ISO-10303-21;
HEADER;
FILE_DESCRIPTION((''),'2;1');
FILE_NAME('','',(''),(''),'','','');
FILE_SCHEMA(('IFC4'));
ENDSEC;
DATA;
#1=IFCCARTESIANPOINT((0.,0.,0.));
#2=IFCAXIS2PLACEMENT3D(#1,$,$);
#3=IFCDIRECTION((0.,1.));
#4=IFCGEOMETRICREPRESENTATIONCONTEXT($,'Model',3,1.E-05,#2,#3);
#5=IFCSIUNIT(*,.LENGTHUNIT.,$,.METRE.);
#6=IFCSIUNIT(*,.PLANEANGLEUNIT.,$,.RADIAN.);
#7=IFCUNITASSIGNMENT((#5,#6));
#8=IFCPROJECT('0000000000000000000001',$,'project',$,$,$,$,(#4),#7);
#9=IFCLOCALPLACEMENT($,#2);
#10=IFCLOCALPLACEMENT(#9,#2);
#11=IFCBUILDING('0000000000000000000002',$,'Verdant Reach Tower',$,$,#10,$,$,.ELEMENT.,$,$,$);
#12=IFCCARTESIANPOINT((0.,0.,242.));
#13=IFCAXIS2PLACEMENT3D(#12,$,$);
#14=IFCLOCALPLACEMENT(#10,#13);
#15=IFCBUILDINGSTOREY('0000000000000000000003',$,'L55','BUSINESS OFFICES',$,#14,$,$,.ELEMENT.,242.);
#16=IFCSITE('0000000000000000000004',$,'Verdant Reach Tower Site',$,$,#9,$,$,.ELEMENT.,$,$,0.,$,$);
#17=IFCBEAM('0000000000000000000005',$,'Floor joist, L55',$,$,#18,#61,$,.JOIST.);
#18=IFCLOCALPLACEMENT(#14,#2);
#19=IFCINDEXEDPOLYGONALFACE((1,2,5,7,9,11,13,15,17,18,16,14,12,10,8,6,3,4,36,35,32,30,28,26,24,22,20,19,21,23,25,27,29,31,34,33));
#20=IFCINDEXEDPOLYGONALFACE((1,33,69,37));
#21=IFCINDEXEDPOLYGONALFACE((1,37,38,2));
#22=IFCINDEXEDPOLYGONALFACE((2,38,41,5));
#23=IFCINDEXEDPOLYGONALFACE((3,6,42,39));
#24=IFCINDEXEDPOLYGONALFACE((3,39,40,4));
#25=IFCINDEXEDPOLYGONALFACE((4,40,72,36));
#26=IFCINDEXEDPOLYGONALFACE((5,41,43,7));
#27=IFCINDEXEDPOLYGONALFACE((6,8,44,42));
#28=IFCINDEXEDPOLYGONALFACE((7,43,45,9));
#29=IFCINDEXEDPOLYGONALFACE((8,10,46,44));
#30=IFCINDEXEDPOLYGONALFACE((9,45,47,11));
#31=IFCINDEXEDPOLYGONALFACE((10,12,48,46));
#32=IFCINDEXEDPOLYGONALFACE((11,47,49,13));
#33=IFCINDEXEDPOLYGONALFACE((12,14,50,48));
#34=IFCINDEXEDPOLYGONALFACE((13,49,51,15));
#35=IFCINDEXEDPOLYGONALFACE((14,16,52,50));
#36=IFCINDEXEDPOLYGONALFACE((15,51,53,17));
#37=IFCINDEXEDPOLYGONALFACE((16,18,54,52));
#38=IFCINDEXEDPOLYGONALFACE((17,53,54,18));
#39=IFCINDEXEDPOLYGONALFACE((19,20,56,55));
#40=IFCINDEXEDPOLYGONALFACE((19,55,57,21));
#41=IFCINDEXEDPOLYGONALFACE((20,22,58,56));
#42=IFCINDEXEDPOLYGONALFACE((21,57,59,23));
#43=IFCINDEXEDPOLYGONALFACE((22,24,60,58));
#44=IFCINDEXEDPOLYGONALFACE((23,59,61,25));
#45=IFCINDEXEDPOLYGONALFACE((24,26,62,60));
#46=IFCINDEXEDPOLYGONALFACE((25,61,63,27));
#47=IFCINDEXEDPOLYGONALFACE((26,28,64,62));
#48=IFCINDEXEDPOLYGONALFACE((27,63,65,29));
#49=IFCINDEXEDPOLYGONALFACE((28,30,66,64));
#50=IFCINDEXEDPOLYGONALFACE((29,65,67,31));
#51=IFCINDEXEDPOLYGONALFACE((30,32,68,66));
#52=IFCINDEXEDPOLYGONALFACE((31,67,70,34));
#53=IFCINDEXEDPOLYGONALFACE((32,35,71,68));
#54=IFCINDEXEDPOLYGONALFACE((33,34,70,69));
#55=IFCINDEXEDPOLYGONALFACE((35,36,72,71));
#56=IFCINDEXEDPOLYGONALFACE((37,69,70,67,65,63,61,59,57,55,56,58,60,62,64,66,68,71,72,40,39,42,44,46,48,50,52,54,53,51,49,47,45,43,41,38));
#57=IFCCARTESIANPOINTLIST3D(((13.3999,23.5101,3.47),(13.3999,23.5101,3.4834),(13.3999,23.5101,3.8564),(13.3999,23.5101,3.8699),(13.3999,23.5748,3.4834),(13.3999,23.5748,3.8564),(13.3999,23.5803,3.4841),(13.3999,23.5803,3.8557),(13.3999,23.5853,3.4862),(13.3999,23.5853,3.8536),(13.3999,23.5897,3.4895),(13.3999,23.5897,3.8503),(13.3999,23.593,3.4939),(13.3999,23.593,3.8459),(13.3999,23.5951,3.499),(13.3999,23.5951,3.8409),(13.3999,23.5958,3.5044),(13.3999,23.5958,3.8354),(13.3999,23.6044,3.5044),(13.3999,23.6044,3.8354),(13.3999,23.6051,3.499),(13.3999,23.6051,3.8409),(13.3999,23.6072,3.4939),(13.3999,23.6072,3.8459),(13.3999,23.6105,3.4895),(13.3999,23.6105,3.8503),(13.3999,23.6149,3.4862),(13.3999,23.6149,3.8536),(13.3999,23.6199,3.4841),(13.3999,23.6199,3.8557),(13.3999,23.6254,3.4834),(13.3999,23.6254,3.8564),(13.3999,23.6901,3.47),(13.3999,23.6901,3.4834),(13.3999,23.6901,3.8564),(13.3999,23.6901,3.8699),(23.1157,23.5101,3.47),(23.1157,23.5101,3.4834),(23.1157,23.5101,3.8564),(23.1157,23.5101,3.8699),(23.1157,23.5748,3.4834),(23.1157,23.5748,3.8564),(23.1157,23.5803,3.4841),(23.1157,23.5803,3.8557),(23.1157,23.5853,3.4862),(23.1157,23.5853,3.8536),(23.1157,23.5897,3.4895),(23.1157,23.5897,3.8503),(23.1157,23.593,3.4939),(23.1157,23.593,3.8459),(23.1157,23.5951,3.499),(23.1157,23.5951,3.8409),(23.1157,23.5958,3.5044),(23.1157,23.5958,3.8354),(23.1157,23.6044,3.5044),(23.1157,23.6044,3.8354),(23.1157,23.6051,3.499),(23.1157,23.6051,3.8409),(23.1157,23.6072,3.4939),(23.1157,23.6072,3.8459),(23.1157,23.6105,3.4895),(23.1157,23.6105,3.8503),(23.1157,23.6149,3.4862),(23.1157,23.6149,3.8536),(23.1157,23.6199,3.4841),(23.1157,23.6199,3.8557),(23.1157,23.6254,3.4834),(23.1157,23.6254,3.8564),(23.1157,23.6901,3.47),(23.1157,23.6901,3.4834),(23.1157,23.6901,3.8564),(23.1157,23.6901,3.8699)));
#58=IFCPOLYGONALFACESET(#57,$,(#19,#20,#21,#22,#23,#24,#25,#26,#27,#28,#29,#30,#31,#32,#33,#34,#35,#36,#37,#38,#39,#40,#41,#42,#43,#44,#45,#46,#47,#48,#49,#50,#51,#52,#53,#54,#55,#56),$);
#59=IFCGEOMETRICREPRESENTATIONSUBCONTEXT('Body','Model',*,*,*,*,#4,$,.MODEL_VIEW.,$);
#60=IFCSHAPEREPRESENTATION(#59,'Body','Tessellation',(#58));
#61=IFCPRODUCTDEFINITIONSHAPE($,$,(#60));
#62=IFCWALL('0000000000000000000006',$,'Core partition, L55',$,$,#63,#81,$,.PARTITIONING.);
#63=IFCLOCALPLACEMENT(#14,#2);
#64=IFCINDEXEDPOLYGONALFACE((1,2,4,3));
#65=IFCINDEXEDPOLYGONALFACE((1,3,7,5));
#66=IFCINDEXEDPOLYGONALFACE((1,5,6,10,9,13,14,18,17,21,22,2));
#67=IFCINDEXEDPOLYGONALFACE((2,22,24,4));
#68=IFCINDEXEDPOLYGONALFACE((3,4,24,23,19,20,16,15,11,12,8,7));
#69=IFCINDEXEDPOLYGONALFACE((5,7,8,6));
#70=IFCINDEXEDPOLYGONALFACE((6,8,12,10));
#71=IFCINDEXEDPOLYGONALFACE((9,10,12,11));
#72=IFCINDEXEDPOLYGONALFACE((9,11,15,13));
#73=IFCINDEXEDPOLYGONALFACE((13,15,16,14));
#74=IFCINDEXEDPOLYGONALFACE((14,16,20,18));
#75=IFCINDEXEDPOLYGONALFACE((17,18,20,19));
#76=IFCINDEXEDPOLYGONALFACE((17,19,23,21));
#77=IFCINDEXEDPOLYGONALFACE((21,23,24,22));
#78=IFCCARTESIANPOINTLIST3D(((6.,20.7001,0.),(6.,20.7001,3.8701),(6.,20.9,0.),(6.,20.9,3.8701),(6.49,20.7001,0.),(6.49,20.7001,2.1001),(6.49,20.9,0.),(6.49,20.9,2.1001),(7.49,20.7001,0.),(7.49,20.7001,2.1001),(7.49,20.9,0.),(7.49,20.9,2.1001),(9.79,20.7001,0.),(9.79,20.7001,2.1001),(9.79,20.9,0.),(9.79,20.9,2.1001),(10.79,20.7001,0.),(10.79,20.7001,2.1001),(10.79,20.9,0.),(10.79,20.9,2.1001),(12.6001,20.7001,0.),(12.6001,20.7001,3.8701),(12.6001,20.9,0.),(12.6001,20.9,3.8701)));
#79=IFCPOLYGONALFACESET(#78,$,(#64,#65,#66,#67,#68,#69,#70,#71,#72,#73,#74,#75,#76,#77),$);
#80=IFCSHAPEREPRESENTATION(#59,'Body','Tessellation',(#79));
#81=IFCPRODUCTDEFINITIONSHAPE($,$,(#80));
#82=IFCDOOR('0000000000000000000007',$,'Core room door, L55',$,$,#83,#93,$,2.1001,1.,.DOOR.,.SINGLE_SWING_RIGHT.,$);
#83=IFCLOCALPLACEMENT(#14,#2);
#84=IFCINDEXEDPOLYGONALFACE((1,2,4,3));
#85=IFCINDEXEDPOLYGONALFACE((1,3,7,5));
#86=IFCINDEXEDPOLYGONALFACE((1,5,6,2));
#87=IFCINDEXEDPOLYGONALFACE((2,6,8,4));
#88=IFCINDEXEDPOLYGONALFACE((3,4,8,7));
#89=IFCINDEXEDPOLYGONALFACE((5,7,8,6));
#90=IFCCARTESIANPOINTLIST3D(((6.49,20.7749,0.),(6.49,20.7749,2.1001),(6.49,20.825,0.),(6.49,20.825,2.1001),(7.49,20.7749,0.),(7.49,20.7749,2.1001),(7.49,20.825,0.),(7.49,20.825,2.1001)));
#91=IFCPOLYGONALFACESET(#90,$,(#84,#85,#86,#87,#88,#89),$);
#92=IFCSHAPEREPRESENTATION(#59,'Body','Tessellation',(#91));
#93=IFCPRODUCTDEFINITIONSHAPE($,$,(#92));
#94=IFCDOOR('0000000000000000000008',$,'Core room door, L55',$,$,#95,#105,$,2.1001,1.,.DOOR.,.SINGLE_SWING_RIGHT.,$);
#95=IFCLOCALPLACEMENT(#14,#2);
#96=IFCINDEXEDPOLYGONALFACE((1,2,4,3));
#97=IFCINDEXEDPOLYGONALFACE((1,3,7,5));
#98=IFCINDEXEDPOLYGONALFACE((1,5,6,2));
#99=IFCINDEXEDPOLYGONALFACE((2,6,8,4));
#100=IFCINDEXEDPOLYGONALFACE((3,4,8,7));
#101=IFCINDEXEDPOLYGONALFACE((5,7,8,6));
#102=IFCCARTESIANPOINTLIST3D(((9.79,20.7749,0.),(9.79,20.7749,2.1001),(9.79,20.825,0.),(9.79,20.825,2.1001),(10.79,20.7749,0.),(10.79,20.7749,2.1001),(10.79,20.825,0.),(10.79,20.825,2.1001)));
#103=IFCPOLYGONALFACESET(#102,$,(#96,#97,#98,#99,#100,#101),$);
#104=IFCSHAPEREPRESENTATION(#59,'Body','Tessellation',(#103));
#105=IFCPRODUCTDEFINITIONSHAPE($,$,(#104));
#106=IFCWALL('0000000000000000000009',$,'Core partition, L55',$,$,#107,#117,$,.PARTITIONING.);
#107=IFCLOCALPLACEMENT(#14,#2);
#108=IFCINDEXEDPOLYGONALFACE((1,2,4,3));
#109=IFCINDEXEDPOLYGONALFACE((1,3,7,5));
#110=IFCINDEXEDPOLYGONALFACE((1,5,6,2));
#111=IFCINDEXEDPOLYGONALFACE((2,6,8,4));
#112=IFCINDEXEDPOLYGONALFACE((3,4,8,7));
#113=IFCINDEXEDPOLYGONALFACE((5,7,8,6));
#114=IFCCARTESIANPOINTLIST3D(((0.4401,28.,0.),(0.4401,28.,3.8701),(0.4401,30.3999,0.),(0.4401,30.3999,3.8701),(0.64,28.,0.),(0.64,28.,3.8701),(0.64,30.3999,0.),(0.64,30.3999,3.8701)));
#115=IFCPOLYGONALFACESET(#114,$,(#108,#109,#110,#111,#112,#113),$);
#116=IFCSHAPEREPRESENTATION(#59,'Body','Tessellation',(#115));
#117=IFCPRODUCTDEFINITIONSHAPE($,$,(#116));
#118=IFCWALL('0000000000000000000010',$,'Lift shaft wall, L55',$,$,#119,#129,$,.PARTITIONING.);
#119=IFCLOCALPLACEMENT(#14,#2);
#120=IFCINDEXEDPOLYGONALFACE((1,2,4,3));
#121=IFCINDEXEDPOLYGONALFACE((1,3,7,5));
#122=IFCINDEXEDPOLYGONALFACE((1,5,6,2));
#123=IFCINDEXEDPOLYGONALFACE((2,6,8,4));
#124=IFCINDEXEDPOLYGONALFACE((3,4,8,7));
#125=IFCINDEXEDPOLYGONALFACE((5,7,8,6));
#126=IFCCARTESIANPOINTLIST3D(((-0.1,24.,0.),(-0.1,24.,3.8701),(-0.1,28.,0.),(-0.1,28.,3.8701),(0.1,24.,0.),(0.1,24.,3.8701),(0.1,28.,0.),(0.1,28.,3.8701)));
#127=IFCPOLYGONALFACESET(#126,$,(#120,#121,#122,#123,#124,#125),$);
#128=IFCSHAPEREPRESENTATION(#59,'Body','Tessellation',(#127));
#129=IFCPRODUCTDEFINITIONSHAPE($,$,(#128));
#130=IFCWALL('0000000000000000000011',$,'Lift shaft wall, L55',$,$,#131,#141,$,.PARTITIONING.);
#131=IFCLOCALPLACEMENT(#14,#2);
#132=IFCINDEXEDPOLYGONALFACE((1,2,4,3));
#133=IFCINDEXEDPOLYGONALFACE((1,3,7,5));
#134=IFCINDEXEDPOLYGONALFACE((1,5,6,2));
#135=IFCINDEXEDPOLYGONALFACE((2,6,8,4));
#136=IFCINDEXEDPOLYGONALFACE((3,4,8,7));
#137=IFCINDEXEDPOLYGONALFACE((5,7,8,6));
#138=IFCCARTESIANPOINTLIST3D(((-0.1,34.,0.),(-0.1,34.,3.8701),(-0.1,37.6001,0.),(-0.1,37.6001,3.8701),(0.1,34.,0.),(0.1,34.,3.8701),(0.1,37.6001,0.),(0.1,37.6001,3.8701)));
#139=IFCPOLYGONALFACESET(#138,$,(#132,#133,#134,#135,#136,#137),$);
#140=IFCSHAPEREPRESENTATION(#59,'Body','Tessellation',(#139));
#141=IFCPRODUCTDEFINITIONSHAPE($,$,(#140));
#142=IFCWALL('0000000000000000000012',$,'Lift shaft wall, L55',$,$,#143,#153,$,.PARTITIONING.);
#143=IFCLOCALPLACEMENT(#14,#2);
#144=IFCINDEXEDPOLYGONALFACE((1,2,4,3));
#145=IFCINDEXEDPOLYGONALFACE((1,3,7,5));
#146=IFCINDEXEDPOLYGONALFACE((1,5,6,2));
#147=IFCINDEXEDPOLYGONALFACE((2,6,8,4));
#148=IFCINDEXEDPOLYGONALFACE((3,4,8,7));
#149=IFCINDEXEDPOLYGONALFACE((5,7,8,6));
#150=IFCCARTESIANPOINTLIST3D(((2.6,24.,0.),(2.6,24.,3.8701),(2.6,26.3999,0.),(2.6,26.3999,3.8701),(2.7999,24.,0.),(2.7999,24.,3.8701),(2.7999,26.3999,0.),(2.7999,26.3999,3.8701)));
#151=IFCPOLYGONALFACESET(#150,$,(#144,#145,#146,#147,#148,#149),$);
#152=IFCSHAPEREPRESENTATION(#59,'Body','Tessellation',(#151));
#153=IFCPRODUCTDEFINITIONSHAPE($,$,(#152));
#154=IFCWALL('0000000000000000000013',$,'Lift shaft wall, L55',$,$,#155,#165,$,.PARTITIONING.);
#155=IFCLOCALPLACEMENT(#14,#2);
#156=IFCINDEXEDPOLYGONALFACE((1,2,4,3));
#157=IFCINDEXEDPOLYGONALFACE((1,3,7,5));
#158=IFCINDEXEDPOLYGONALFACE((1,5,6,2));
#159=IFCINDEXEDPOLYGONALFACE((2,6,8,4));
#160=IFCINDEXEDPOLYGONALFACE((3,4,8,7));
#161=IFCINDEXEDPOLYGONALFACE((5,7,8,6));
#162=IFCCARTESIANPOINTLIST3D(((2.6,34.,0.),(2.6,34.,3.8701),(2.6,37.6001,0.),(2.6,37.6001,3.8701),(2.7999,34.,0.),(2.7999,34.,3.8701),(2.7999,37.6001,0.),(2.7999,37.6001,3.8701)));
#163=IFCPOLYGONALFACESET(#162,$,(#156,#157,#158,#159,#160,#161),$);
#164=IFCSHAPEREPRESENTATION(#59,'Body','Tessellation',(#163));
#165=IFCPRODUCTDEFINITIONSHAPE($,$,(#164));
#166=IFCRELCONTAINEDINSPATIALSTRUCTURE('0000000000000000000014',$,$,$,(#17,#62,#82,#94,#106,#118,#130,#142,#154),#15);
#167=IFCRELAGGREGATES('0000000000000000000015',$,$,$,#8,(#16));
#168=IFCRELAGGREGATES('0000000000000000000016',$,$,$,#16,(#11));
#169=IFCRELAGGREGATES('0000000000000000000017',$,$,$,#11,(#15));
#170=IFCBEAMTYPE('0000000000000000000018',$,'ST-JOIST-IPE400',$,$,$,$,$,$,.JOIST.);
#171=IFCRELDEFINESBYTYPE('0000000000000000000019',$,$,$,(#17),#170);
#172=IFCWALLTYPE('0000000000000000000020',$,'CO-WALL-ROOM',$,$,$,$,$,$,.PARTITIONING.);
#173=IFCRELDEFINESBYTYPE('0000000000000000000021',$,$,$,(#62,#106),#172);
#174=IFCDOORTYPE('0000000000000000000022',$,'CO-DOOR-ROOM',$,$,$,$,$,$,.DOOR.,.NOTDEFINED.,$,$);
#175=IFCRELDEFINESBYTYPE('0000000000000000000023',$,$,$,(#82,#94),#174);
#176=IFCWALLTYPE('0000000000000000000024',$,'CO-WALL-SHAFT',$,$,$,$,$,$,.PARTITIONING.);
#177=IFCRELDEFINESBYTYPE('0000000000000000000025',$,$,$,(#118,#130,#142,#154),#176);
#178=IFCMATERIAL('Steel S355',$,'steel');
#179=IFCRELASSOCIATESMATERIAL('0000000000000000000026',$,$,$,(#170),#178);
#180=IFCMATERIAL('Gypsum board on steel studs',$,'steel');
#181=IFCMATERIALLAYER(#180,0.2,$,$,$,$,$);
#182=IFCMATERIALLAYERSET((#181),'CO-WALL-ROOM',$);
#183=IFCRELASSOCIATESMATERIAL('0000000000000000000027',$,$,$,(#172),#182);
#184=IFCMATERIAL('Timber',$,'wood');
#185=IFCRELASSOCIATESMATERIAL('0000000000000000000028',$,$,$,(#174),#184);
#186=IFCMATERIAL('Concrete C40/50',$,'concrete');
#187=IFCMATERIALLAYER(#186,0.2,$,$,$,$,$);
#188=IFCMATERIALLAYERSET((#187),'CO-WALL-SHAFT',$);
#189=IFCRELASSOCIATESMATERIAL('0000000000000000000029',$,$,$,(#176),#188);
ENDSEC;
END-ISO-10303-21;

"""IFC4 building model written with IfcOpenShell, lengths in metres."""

from ifc_helpers import new_model, si_unit, direction, frame, frame_2d, origin, origin_2d, place, context, subcontext, project, spatial, rectangle, i_section, extrude, material, layer, layer_set, material_profile, profile_set, type_object, element, fill, save


model = new_model("IFC4")

# Units and contexts
model_context = context("Model", 3, precision=1e-05, world=origin(), true_north=direction((0.0, 1.0)))
body_context = subcontext(model_context, "Body", "Model", "MODEL_VIEW")
ifc_project = project(units=[si_unit("LENGTHUNIT", "METRE"), si_unit("PLANEANGLEUNIT", "RADIAN")], contexts=[model_context])

# Site, building, storey
site_placement = place(None, origin())
site = spatial("IfcSite", under=ifc_project, at=site_placement, Name="Verdant Reach Tower Site", CompositionType="ELEMENT", RefElevation=0.0)
building_placement = place(site_placement, origin())
building = spatial("IfcBuilding", under=site, at=building_placement, Name="Verdant Reach Tower", CompositionType="ELEMENT")
storey_placement = place(building_placement, frame((0.0, 0.0, 242.0)))
storey = spatial("IfcBuildingStorey", under=building, at=storey_placement, Name="L55", Description="BUSINESS OFFICES", CompositionType="ELEMENT", Elevation=242.0)

# Beam
ifc_material_1 = material(Name="Steel S355", Category="steel")
ifc_material_profile = material_profile(ifc_material_1, i_section(OverallWidth=0.1799, OverallDepth=0.3999, WebThickness=0.0085, FlangeThickness=0.0134, FilletRadius=0.021, at=origin_2d()), Name="IPE 400")
ifc_profile_set = profile_set([ifc_material_profile], Name="Steel S355")
beam_type = type_object("IfcBeamType", Name="ST-JOIST-IPE400", PredefinedType="JOIST", material=ifc_profile_set)
beam_placement = place(storey_placement, frame((13.3999, 23.6001, 3.6699), z_axis=(1.0, 0.0, 0.0), x_axis=(0.0, 1.0, 0.0)))
element("IfcBeam", 1, at=beam_placement, inside=storey, type_object=beam_type, Name="Floor joist, L55", PredefinedType="JOIST", context=body_context, shape_type="SweptSolid", body=[
    extrude(i_section(OverallWidth=0.1799, OverallDepth=0.3999, WebThickness=0.0085, FlangeThickness=0.0134, FilletRadius=0.021, at=origin_2d()), origin(), (0.0, 0.0, 1.0), 9.7158),
])

# Wall, openings, doors
ifc_material_2 = material(Name="Gypsum board on steel studs", Category="steel")
ifc_layer_1 = layer(ifc_material_2, 0.2)
ifc_layer_set_1 = layer_set([ifc_layer_1], Name="CO-WALL-ROOM")
wall_type_1 = type_object("IfcWallType", Name="CO-WALL-ROOM", PredefinedType="PARTITIONING", material=ifc_layer_set_1)
wall_1_placement = place(storey_placement, frame((6.0, 20.8, 0.0), z_axis=(0.0, 0.0, 1.0), x_axis=(1.0, 0.0, 0.0)))
wall_1 = element("IfcWall", 2, at=wall_1_placement, inside=storey, type_object=wall_type_1, Name="Core partition, L55", PredefinedType="PARTITIONING", context=body_context, shape_type="SweptSolid", body=[
    extrude(rectangle(XDim=6.6001, YDim=0.2, at=frame_2d((3.3, 0.0))), origin(), (0.0, 0.0, 1.0), 3.8701),
])
opening_1_placement = place(wall_1_placement, frame((0.49, 0.0, 0.0)))
opening_1 = element("IfcOpeningElement", 3, at=opening_1_placement, cuts=wall_1, PredefinedType="OPENING", context=body_context, shape_type="SweptSolid", body=[
    extrude(rectangle(XDim=1.0, YDim=2.1001, at=frame_2d((0.5, 1.05))), frame((0.0, 0.1099, 0.0), z_axis=(0.0, -1.0, 0.0), x_axis=(1.0, 0.0, 0.0)), (0.0, 0.0, 1.0), 0.22),
])
opening_2_placement = place(wall_1_placement, frame((3.79, 0.0, 0.0)))
opening_2 = element("IfcOpeningElement", 4, at=opening_2_placement, cuts=wall_1, PredefinedType="OPENING", context=body_context, shape_type="SweptSolid", body=[
    extrude(rectangle(XDim=1.0, YDim=2.1001, at=frame_2d((0.5, 1.05))), frame((0.0, 0.1099, 0.0), z_axis=(0.0, -1.0, 0.0), x_axis=(1.0, 0.0, 0.0)), (0.0, 0.0, 1.0), 0.22),
])
ifc_material_3 = material(Name="Timber", Category="wood")
door_type_1 = type_object("IfcDoorType", Name="CO-DOOR-ROOM", OperationType="NOTDEFINED", PredefinedType="DOOR", material=ifc_material_3)
door_1_placement = place(opening_1_placement, origin())
door_1 = element("IfcDoor", 5, at=door_1_placement, inside=storey, type_object=door_type_1, Name="Core room door, L55", OperationType="SINGLE_SWING_RIGHT", OverallHeight=2.1001, OverallWidth=1.0, PredefinedType="DOOR", context=body_context, shape_type="SweptSolid", body=[
    extrude(rectangle(XDim=1.0, YDim=2.1001, at=frame_2d((0.5, 1.05))), frame((0.0, 0.0249, 0.0), z_axis=(0.0, -1.0, 0.0), x_axis=(1.0, 0.0, 0.0)), (0.0, 0.0, 1.0), 0.05),
])
fill(opening_1, door_1)
door_2_placement = place(opening_2_placement, origin())
door_2 = element("IfcDoor", 6, at=door_2_placement, inside=storey, type_object=door_type_1, Name="Core room door, L55", OperationType="SINGLE_SWING_RIGHT", OverallHeight=2.1001, OverallWidth=1.0, PredefinedType="DOOR", context=body_context, shape_type="SweptSolid", body=[
    extrude(rectangle(XDim=1.0, YDim=2.1001, at=frame_2d((0.5, 1.05))), frame((0.0, 0.0249, 0.0), z_axis=(0.0, -1.0, 0.0), x_axis=(1.0, 0.0, 0.0)), (0.0, 0.0, 1.0), 0.05),
])
fill(opening_2, door_2)

# Walls
wall_2_placement = place(storey_placement, frame((0.54, 28.0, 0.0), z_axis=(0.0, 0.0, 1.0), x_axis=(0.0, 1.0, 0.0)))
element("IfcWall", 7, at=wall_2_placement, inside=storey, type_object=wall_type_1, Name="Core partition, L55", PredefinedType="PARTITIONING", context=body_context, shape_type="SweptSolid", body=[
    extrude(rectangle(XDim=2.3999, YDim=0.2, at=frame_2d((1.2, 0.0))), origin(), (0.0, 0.0, 1.0), 3.8701),
])
ifc_material_4 = material(Name="Concrete C40/50", Category="concrete")
ifc_layer_2 = layer(ifc_material_4, 0.2)
ifc_layer_set_2 = layer_set([ifc_layer_2], Name="CO-WALL-SHAFT")
wall_type_2 = type_object("IfcWallType", Name="CO-WALL-SHAFT", PredefinedType="PARTITIONING", material=ifc_layer_set_2)
wall_3_placement = place(storey_placement, frame((0.0, 24.0, 0.0), z_axis=(0.0, 0.0, 1.0), x_axis=(0.0, 1.0, 0.0)))
element("IfcWall", 8, at=wall_3_placement, inside=storey, type_object=wall_type_2, Name="Lift shaft wall, L55", PredefinedType="PARTITIONING", context=body_context, shape_type="SweptSolid", body=[
    extrude(rectangle(XDim=4.0, YDim=0.2, at=frame_2d((2.0, 0.0))), origin(), (0.0, 0.0, 1.0), 3.8701),
])
wall_4_placement = place(storey_placement, frame((0.0, 34.0, 0.0), z_axis=(0.0, 0.0, 1.0), x_axis=(0.0, 1.0, 0.0)))
element("IfcWall", 9, at=wall_4_placement, inside=storey, type_object=wall_type_2, Name="Lift shaft wall, L55", PredefinedType="PARTITIONING", context=body_context, shape_type="SweptSolid", body=[
    extrude(rectangle(XDim=3.6001, YDim=0.2, at=frame_2d((1.8, 0.0))), origin(), (0.0, 0.0, 1.0), 3.8701),
])
wall_5_placement = place(storey_placement, frame((2.7, 24.0, 0.0), z_axis=(0.0, 0.0, 1.0), x_axis=(0.0, 1.0, 0.0)))
element("IfcWall", 10, at=wall_5_placement, inside=storey, type_object=wall_type_2, Name="Lift shaft wall, L55", PredefinedType="PARTITIONING", context=body_context, shape_type="SweptSolid", body=[
    extrude(rectangle(XDim=2.3999, YDim=0.2, at=frame_2d((1.2, 0.0))), origin(), (0.0, 0.0, 1.0), 3.8701),
])
wall_6_placement = place(storey_placement, frame((2.7, 34.0, 0.0), z_axis=(0.0, 0.0, 1.0), x_axis=(0.0, 1.0, 0.0)))
element("IfcWall", 11, at=wall_6_placement, inside=storey, type_object=wall_type_2, Name="Lift shaft wall, L55", PredefinedType="PARTITIONING", context=body_context, shape_type="SweptSolid", body=[
    extrude(rectangle(XDim=3.6001, YDim=0.2, at=frame_2d((1.8, 0.0))), origin(), (0.0, 0.0, 1.0), 3.8701),
])

save(model, "model.ifc")
